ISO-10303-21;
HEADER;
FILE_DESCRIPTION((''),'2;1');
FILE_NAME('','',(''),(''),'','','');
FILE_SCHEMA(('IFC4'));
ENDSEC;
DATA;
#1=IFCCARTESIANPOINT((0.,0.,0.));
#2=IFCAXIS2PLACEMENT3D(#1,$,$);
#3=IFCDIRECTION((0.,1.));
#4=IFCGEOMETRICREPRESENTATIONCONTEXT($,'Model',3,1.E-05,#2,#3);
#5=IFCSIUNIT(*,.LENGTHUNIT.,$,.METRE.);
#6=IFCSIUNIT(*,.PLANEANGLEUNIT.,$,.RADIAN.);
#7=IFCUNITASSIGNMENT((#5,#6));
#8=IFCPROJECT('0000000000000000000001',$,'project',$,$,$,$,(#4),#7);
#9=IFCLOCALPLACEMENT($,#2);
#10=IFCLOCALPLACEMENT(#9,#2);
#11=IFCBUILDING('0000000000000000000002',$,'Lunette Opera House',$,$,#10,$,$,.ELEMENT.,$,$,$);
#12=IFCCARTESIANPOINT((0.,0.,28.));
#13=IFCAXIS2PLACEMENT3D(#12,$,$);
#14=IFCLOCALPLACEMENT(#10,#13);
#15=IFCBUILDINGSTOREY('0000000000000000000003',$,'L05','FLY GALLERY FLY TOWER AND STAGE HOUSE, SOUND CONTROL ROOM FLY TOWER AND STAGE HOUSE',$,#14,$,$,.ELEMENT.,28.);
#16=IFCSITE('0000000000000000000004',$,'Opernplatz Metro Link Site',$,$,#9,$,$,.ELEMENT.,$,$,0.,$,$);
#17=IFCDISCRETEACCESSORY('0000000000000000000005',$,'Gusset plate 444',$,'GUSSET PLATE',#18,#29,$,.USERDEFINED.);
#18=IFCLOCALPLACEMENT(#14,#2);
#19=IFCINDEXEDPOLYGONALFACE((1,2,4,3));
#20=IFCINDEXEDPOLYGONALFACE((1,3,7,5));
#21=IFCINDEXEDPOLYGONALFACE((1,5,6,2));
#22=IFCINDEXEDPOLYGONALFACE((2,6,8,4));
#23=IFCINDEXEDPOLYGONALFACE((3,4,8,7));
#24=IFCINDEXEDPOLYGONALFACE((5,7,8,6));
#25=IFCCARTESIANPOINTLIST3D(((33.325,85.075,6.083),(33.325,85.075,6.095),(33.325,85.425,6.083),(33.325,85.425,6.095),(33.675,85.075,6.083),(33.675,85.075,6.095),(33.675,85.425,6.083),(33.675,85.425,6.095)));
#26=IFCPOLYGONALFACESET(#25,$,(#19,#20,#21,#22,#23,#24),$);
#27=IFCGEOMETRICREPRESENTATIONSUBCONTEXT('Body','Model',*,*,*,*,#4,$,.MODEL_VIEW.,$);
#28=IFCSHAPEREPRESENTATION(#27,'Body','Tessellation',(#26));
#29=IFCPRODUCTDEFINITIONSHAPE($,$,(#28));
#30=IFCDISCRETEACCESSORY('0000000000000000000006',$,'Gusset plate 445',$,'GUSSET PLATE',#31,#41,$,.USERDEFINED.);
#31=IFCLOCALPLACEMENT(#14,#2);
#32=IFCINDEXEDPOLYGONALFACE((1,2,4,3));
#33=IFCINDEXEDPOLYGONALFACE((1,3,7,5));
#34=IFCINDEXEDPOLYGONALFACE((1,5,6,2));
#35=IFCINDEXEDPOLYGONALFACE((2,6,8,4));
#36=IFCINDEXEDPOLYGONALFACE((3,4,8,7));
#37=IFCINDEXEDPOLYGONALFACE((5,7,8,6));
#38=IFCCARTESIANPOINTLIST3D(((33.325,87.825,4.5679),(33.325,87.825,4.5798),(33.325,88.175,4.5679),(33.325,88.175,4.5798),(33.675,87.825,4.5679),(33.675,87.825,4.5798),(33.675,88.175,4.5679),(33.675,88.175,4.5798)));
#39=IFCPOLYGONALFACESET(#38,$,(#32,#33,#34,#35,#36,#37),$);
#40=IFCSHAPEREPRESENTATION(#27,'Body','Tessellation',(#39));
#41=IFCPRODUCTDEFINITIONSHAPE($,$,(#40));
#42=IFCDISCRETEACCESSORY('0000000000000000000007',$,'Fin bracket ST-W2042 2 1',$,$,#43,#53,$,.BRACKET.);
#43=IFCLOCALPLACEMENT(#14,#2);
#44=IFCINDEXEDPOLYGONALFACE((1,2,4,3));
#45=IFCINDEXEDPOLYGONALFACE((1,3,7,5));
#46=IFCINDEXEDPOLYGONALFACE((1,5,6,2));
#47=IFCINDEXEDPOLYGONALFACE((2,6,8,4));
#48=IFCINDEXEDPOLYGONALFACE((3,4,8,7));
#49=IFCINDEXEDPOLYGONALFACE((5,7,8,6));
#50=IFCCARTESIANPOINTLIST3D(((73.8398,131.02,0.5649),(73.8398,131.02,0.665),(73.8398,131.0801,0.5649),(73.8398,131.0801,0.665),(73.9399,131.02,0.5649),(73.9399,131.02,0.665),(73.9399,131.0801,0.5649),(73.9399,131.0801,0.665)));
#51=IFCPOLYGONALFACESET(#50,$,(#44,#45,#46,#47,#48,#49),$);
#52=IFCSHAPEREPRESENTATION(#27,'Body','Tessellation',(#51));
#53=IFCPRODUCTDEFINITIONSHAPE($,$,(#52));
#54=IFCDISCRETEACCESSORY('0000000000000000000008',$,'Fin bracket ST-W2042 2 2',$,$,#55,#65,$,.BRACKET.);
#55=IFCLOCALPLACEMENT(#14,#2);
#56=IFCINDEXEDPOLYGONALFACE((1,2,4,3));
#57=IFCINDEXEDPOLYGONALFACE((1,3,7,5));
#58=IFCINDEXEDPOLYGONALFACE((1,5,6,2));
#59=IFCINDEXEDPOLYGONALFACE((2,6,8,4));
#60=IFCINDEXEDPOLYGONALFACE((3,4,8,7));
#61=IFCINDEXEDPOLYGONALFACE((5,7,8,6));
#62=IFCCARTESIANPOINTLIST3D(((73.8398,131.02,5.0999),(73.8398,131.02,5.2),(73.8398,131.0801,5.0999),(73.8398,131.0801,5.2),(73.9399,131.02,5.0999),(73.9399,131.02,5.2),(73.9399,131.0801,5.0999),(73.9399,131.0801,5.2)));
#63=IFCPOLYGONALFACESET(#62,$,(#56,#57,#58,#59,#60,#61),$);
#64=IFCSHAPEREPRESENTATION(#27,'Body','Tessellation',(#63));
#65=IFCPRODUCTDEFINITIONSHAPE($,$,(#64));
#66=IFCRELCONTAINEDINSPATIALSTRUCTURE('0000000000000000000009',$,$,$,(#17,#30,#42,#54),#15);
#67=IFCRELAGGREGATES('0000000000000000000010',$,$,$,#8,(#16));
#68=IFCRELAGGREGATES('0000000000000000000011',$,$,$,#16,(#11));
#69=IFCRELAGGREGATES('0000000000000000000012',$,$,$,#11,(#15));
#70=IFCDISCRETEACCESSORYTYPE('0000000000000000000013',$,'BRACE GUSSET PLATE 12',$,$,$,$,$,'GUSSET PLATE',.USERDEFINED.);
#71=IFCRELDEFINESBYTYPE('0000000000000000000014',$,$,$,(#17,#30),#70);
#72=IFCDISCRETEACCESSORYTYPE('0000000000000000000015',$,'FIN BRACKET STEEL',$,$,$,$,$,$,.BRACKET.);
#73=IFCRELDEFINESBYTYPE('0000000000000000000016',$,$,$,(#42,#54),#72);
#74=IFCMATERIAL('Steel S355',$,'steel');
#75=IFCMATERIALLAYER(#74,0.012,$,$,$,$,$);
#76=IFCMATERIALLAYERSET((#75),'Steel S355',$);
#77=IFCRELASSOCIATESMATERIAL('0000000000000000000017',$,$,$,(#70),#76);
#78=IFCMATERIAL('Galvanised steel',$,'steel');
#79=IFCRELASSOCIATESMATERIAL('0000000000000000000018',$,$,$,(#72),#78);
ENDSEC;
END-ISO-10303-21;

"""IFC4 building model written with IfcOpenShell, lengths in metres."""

from ifc_helpers import new_model, si_unit, direction, frame, origin, origin_2d, place, context, subcontext, project, spatial, rectangle, extrude, material, layer, layer_set, type_object, element, save


model = new_model("IFC4")

# Units and contexts
model_context = context("Model", 3, precision=1e-05, world=origin(), true_north=direction((0.0, 1.0)))
body_context = subcontext(model_context, "Body", "Model", "MODEL_VIEW")
ifc_project = project(units=[si_unit("LENGTHUNIT", "METRE"), si_unit("PLANEANGLEUNIT", "RADIAN")], contexts=[model_context])

# Site, building, storey
site_placement = place(None, origin())
site = spatial("IfcSite", under=ifc_project, at=site_placement, Name="Opernplatz Metro Link Site", CompositionType="ELEMENT", RefElevation=0.0)
building_placement = place(site_placement, origin())
building = spatial("IfcBuilding", under=site, at=building_placement, Name="Lunette Opera House", CompositionType="ELEMENT")
storey_placement = place(building_placement, frame((0.0, 0.0, 28.0)))
storey = spatial("IfcBuildingStorey", under=building, at=storey_placement, Name="L05", Description="FLY GALLERY FLY TOWER AND STAGE HOUSE, SOUND CONTROL ROOM FLY TOWER AND STAGE HOUSE", CompositionType="ELEMENT", Elevation=28.0)

# Discrete accessories
ifc_material_1 = material(Name="Steel S355", Category="steel")
ifc_layer_1 = layer(ifc_material_1, 0.012)
ifc_layer_set_1 = layer_set([ifc_layer_1], Name="Steel S355")
discrete_accessory_type_1 = type_object("IfcDiscreteAccessoryType", Name="BRACE GUSSET PLATE 12", ElementType="GUSSET PLATE", PredefinedType="USERDEFINED", material=ifc_layer_set_1)
for number, where, z_axis, x_axis, name in (
    (1, (33.5, 85.25, 6.083), (0.0, 0.0, 1.0), (0.0, 1.0, 0.0), "Gusset plate 444"),
    (2, (33.5, 88.0, 4.5679), (0.0, 0.0, 1.0), (0.0, 1.0, 0.0), "Gusset plate 445"),
):
    element("IfcDiscreteAccessory", number, at=place(storey_placement, frame(where, z_axis=z_axis, x_axis=x_axis)), inside=storey, type_object=discrete_accessory_type_1, Name=name, ObjectType="GUSSET PLATE", PredefinedType="USERDEFINED", context=body_context, shape_type="SweptSolid", body=[
        extrude(rectangle(XDim=0.3501, YDim=0.3501, at=origin_2d()), origin(), (0.0, 0.0, 1.0), 0.012),
    ])
ifc_material_2 = material(Name="Galvanised steel", Category="steel")
discrete_accessory_type_2 = type_object("IfcDiscreteAccessoryType", Name="FIN BRACKET STEEL", PredefinedType="BRACKET", material=ifc_material_2)
for number, where, z_axis, x_axis, name in (
    (3, (73.8899, 131.05, 0.5649), (0.0, 0.0, 1.0), (-1.0, 0.0, 0.0), "Fin bracket ST-W2042 2 1"),
    (4, (73.8899, 131.05, 5.0999), (0.0, 0.0, 1.0), (-1.0, 0.0, 0.0), "Fin bracket ST-W2042 2 2"),
):
    element("IfcDiscreteAccessory", number, at=place(storey_placement, frame(where, z_axis=z_axis, x_axis=x_axis)), inside=storey, type_object=discrete_accessory_type_2, Name=name, PredefinedType="BRACKET", context=body_context, shape_type="SweptSolid", body=[
        extrude(rectangle(XDim=0.1001, YDim=0.0601, at=origin_2d()), origin(), (0.0, 0.0, 1.0), 0.1001),
    ])

save(model, "model.ifc")
